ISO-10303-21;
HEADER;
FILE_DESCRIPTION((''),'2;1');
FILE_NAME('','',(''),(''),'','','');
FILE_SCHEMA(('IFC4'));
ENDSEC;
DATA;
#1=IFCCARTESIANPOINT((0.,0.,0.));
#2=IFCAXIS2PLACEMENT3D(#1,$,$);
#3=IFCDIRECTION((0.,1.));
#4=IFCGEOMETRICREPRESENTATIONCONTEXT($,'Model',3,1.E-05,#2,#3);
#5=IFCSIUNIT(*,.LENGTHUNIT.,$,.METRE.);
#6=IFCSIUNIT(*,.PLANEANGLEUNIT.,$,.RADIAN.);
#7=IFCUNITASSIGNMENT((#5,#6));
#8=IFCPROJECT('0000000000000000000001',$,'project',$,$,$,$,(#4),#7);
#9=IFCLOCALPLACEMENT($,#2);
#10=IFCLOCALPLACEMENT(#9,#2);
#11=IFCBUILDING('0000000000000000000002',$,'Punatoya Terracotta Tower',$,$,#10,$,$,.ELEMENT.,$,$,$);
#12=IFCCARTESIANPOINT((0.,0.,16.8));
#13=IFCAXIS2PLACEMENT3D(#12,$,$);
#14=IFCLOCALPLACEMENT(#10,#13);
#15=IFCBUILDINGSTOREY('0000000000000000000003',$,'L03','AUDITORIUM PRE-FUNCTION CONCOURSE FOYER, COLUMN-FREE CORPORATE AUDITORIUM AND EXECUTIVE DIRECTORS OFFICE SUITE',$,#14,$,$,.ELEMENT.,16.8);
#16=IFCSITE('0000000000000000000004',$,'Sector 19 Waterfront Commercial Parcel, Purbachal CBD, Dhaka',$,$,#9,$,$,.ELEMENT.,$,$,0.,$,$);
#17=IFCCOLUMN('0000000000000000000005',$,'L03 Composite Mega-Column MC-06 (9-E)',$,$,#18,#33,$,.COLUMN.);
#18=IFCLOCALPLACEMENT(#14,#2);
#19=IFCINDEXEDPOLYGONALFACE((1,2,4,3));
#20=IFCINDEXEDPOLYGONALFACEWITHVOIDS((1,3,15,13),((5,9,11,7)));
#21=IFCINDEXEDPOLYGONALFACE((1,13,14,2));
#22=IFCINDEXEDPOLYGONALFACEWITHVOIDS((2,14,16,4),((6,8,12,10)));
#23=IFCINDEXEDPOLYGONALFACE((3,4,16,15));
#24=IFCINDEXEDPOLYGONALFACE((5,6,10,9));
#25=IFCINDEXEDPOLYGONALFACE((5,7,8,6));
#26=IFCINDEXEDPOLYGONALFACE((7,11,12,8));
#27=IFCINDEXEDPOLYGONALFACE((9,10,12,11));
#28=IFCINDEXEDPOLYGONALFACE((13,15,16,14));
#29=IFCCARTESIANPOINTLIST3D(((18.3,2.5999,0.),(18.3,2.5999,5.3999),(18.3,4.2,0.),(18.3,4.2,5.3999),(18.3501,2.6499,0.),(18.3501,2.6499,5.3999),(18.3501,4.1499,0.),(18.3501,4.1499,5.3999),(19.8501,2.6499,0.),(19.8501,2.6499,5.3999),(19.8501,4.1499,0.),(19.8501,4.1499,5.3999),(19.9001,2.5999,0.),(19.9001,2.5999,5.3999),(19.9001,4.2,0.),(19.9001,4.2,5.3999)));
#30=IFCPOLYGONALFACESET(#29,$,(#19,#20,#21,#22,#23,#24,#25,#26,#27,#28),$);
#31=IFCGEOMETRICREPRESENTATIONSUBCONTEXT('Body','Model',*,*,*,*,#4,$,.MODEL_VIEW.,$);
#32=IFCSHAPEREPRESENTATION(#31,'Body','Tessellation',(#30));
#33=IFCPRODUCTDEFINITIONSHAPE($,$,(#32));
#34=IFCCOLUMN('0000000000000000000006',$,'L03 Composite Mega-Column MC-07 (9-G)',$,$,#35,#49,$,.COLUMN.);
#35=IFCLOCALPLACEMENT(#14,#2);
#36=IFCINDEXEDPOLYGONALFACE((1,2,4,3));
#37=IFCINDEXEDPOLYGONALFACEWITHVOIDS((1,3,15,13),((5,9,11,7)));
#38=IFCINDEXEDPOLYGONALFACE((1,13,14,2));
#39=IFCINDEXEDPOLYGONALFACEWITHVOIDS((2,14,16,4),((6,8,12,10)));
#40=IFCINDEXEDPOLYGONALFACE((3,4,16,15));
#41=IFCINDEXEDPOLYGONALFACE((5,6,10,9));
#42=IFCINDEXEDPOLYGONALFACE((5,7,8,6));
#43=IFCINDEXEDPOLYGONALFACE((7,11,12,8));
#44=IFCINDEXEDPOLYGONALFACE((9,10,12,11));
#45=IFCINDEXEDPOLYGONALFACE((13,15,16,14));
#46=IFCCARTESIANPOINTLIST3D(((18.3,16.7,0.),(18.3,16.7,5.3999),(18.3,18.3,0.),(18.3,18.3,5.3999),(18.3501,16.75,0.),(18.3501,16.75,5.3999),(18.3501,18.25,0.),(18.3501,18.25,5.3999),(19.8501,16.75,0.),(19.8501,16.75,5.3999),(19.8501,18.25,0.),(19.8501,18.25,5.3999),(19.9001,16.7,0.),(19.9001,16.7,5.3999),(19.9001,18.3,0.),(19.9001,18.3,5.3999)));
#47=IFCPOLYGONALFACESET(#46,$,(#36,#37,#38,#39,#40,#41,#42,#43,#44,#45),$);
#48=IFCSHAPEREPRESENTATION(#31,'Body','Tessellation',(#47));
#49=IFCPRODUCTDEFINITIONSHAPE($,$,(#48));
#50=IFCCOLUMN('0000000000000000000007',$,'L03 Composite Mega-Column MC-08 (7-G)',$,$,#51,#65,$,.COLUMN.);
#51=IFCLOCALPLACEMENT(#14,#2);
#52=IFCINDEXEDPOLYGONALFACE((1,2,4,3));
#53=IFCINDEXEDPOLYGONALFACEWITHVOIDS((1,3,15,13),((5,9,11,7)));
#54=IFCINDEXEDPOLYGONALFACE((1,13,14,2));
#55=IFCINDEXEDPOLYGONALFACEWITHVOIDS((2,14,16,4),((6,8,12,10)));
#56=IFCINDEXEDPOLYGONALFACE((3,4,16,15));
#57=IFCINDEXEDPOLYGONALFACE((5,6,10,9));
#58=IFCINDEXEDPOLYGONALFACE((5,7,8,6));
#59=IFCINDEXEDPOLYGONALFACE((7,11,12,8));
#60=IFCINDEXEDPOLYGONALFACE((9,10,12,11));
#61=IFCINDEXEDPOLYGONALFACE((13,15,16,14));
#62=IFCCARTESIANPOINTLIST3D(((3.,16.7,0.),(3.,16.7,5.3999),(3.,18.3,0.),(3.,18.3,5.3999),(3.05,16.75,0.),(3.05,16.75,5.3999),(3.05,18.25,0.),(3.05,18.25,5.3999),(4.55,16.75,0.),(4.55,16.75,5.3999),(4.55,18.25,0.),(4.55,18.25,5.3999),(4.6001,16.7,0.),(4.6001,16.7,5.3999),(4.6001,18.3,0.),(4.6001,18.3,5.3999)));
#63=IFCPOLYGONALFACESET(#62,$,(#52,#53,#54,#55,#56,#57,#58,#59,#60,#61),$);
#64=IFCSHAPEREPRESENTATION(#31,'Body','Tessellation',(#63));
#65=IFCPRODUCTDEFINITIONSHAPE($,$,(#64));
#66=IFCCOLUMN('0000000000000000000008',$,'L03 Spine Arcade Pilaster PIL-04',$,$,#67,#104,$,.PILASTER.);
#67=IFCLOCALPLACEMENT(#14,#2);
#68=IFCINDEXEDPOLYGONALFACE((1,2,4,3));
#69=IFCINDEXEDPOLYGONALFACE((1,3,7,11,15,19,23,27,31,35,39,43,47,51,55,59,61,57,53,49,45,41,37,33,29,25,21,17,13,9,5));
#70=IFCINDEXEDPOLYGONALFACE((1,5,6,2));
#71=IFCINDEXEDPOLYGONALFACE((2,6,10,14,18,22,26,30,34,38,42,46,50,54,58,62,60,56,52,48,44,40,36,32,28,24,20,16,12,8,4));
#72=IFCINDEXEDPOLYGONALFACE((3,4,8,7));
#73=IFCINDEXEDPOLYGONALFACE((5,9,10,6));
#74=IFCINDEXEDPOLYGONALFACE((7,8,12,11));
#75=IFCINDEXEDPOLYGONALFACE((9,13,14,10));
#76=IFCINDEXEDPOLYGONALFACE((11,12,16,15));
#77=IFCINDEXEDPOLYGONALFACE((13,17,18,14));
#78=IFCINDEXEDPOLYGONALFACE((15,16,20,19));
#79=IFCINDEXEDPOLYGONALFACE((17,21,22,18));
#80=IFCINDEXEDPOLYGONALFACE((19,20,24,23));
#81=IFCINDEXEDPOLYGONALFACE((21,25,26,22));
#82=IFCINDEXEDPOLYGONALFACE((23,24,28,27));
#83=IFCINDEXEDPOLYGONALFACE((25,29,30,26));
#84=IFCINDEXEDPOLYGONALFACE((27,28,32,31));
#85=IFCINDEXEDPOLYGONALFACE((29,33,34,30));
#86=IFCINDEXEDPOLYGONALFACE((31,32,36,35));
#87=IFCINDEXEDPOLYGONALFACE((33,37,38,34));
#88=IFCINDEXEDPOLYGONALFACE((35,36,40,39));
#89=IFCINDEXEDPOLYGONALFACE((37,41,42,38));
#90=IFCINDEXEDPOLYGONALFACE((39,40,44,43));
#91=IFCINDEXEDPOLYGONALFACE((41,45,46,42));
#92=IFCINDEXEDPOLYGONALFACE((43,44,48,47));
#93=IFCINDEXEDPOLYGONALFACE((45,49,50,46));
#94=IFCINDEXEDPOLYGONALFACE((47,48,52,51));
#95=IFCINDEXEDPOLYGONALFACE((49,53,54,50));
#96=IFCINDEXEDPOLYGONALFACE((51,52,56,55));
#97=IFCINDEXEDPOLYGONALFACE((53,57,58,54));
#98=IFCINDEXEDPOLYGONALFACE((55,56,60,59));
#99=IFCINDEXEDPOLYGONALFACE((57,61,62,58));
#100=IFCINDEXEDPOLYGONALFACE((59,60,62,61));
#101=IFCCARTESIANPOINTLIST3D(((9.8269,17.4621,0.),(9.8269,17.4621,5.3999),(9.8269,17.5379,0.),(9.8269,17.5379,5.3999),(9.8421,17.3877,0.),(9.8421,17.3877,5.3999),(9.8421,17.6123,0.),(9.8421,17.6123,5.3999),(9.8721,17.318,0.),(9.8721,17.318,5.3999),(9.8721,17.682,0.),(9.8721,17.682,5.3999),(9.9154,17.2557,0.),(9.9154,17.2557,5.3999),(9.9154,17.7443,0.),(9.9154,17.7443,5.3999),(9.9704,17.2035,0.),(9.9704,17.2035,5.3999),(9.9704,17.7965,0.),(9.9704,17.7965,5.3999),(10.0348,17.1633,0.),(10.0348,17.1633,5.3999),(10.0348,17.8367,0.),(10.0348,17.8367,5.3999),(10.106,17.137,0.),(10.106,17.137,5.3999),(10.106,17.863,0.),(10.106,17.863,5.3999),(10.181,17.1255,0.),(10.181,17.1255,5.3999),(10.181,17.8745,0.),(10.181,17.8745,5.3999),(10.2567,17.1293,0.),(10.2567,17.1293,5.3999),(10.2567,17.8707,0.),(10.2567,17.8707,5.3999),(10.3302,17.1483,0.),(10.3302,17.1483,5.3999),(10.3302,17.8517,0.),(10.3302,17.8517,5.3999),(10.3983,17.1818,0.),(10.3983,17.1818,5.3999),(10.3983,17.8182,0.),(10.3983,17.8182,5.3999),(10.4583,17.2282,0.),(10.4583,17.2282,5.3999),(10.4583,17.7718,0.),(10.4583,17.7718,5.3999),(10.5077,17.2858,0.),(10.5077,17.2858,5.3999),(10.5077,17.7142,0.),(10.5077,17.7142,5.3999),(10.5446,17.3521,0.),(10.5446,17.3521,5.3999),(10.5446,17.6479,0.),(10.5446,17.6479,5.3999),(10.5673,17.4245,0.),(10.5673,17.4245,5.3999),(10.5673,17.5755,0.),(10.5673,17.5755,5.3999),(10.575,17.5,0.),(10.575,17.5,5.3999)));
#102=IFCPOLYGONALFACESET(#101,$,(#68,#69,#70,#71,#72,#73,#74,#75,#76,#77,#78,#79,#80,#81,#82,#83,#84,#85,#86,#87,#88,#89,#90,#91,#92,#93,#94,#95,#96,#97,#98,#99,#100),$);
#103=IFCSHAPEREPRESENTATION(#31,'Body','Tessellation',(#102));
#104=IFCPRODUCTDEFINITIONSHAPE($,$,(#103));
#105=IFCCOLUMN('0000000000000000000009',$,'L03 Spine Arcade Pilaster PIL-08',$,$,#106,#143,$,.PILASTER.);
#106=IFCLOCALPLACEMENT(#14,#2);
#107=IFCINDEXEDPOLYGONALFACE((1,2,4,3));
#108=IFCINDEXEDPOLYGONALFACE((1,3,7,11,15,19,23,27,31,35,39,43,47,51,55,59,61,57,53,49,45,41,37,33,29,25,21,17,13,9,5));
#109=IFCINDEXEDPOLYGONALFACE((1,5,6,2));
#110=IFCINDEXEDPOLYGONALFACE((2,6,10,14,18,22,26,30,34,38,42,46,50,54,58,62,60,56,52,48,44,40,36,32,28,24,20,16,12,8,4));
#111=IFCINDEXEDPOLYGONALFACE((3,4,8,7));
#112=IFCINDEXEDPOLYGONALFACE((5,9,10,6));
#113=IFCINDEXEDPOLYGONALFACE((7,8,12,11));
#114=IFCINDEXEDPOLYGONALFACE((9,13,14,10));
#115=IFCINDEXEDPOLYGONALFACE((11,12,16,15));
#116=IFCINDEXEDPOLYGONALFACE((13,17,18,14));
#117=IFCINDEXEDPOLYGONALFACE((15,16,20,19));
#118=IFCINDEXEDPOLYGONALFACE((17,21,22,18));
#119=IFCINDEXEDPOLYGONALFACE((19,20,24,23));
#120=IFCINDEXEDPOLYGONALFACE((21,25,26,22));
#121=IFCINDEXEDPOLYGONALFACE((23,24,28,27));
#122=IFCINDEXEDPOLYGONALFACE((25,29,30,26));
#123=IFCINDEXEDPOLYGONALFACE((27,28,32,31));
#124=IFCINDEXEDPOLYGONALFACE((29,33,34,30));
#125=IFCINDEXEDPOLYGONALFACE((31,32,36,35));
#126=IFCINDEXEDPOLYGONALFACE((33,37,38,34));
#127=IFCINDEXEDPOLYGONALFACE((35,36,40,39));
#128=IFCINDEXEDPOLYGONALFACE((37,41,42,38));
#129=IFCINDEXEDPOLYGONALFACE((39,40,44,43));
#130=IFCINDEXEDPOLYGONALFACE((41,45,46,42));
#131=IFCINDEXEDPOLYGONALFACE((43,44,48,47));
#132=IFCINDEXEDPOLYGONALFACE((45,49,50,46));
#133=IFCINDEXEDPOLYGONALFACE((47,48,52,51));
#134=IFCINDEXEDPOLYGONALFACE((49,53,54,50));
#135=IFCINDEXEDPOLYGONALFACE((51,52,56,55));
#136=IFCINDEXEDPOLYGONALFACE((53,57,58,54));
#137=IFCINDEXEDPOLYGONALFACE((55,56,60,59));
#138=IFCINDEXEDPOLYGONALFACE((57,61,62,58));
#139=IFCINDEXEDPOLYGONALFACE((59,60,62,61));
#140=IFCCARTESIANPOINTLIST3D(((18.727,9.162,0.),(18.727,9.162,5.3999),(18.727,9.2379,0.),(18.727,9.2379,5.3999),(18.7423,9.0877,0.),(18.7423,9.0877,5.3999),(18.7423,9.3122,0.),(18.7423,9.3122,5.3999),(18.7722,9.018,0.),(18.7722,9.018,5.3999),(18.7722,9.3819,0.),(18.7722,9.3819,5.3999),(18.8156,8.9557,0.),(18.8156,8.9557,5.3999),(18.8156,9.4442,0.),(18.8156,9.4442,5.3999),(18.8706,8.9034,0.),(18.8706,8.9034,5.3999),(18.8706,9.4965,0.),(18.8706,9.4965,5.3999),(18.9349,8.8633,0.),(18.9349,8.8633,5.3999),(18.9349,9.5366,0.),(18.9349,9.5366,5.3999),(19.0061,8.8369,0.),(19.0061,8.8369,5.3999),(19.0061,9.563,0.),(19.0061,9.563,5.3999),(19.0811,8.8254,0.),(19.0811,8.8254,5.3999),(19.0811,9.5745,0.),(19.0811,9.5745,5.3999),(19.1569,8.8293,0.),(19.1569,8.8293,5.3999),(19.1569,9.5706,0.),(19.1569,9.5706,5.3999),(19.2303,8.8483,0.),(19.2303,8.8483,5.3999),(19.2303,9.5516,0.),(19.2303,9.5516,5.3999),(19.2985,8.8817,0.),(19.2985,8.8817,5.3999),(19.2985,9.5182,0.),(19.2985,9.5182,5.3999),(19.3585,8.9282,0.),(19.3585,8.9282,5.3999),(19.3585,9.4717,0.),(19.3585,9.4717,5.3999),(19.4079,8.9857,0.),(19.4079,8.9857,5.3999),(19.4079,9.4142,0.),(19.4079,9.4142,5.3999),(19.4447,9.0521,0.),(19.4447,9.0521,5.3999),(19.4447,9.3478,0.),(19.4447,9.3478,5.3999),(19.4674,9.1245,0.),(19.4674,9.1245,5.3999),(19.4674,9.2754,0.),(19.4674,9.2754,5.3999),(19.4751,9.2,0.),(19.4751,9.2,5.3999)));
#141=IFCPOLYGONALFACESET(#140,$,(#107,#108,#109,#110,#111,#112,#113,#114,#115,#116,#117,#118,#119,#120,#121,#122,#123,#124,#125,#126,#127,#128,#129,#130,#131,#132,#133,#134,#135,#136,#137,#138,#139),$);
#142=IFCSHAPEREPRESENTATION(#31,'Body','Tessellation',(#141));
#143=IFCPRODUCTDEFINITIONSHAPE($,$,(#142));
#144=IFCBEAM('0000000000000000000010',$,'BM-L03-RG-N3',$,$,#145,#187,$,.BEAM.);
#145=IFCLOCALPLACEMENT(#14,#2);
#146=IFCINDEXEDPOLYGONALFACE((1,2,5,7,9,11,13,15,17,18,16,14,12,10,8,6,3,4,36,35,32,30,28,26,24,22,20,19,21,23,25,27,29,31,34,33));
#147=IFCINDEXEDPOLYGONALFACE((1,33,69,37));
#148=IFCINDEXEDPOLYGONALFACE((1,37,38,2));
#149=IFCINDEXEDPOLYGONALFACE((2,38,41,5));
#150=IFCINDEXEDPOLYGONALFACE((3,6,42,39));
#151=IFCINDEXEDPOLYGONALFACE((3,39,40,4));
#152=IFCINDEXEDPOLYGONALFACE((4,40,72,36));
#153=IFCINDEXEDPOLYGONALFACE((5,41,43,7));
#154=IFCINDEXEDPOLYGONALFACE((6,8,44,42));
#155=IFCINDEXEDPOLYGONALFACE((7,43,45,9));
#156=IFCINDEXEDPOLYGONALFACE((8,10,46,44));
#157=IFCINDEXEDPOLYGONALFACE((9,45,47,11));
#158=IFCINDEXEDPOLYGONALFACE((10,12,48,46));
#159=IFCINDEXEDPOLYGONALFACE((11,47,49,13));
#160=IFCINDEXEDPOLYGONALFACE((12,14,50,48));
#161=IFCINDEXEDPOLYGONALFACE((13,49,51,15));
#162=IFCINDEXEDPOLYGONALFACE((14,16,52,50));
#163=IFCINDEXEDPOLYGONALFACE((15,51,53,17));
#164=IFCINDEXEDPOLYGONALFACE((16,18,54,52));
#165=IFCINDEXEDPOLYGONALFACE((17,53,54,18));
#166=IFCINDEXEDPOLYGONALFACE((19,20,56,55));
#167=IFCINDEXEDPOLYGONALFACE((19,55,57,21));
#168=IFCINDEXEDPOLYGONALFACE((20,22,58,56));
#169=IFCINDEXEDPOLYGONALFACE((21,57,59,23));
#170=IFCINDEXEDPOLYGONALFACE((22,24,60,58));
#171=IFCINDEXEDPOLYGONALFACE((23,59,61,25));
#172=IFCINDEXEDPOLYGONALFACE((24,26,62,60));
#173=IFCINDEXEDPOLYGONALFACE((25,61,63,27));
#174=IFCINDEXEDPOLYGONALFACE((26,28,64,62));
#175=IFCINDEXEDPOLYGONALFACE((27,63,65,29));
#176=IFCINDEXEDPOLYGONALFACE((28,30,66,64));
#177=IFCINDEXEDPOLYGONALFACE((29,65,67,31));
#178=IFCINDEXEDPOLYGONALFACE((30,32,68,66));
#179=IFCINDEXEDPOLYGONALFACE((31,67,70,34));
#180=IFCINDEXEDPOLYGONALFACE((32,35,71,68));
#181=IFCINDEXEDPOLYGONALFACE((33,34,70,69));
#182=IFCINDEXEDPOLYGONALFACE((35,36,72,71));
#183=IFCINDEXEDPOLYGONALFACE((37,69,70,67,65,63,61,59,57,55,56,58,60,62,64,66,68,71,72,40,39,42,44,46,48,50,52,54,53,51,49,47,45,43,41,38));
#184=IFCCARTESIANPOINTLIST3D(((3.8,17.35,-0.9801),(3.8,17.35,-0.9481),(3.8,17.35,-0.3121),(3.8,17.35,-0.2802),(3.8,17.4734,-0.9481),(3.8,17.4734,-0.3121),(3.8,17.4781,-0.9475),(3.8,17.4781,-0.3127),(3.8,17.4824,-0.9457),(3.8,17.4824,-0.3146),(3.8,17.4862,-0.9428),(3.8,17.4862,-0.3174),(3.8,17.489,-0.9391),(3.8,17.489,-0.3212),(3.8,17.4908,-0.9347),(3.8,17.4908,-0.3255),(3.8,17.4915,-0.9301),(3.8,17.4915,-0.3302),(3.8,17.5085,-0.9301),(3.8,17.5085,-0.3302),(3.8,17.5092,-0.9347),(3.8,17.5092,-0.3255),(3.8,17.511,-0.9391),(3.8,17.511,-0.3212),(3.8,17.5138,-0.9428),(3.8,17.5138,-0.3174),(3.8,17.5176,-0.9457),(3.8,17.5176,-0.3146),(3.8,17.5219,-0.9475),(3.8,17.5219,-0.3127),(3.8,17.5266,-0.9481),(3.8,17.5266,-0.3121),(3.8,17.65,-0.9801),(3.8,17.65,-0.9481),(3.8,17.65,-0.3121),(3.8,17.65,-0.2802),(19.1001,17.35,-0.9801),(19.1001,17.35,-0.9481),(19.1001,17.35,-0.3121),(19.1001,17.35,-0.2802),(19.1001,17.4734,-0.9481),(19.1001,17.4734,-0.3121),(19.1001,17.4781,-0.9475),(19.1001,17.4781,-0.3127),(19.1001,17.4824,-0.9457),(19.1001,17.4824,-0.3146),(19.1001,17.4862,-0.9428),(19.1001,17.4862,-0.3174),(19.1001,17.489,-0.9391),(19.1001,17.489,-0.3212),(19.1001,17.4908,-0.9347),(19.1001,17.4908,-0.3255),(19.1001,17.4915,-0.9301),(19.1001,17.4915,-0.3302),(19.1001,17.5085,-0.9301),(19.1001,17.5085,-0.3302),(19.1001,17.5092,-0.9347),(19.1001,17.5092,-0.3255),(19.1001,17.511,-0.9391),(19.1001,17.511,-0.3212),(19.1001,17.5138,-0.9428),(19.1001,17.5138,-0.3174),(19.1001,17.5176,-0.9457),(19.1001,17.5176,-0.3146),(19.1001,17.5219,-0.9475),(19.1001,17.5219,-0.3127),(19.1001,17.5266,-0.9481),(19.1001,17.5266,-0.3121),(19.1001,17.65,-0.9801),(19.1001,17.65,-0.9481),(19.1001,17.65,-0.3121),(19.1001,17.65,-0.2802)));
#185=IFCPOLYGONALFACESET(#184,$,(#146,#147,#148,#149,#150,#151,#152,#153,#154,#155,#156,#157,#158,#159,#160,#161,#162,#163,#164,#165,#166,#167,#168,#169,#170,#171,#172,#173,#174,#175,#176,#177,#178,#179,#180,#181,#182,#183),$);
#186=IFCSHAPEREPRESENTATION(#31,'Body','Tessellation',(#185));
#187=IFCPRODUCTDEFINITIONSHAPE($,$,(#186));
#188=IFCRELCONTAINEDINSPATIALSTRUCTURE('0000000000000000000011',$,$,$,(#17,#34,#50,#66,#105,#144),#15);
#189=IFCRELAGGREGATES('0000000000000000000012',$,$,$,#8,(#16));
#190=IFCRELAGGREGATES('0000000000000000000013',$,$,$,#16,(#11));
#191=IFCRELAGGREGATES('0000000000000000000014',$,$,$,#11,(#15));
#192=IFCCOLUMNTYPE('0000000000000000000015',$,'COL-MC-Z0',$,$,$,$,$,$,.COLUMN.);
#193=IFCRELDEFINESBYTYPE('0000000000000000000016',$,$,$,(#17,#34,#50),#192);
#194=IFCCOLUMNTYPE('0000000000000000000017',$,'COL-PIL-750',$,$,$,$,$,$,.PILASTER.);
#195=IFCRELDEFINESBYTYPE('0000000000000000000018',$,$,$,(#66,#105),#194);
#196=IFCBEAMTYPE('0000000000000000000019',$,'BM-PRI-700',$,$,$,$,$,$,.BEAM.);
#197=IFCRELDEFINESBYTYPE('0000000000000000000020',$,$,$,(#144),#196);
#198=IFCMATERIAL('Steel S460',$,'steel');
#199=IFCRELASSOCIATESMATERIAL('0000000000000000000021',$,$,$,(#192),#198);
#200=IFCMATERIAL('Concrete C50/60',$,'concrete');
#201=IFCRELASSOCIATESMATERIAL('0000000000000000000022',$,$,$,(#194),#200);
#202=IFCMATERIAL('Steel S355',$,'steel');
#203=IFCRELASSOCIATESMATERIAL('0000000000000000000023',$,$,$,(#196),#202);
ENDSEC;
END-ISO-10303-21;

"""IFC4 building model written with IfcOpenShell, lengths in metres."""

from ifc_helpers import new_model, si_unit, direction, frame, origin, origin_2d, place, context, subcontext, project, spatial, hollow_rectangle, circle, i_section, extrude, material, material_profile, profile_set, type_object, element, save


model = new_model("IFC4")

# Units and contexts
model_context = context("Model", 3, precision=1e-05, world=origin(), true_north=direction((0.0, 1.0)))
body_context = subcontext(model_context, "Body", "Model", "MODEL_VIEW")
ifc_project = project(units=[si_unit("LENGTHUNIT", "METRE"), si_unit("PLANEANGLEUNIT", "RADIAN")], contexts=[model_context])

# Site, building, storey
site_placement = place(None, origin())
site = spatial("IfcSite", under=ifc_project, at=site_placement, Name="Sector 19 Waterfront Commercial Parcel, Purbachal CBD, Dhaka", CompositionType="ELEMENT", RefElevation=0.0)
building_placement = place(site_placement, origin())
building = spatial("IfcBuilding", under=site, at=building_placement, Name="Punatoya Terracotta Tower", CompositionType="ELEMENT")
storey_placement = place(building_placement, frame((0.0, 0.0, 16.8)))
storey = spatial("IfcBuildingStorey", under=building, at=storey_placement, Name="L03", Description="AUDITORIUM PRE-FUNCTION CONCOURSE FOYER, COLUMN-FREE CORPORATE AUDITORIUM AND EXECUTIVE DIRECTORS OFFICE SUITE", CompositionType="ELEMENT", Elevation=16.8)

# Columns
ifc_material_1 = material(Name="Steel S460", Category="steel")
ifc_material_profile_1 = material_profile(ifc_material_1, hollow_rectangle(XDim=1.6001, YDim=1.6001, WallThickness=0.05, at=origin_2d()))
ifc_profile_set_1 = profile_set([ifc_material_profile_1], Name="Steel S460")
column_type_1 = type_object("IfcColumnType", Name="COL-MC-Z0", PredefinedType="COLUMN", material=ifc_profile_set_1)
for number, where, z_axis, x_axis, name in (
    (1, (19.1001, 3.3999, 0.0), (0.0, 0.0, 1.0), (1.0, 0.0, 0.0), "L03 Composite Mega-Column MC-06 (9-E)"),
    (2, (19.1001, 17.5, 0.0), (0.0, 0.0, 1.0), (1.0, 0.0, 0.0), "L03 Composite Mega-Column MC-07 (9-G)"),
    (3, (3.8, 17.5, 0.0), (0.0, 0.0, 1.0), (1.0, 0.0, 0.0), "L03 Composite Mega-Column MC-08 (7-G)"),
):
    element("IfcColumn", number, at=place(storey_placement, frame(where, z_axis=z_axis, x_axis=x_axis)), inside=storey, type_object=column_type_1, Name=name, PredefinedType="COLUMN", context=body_context, shape_type="SweptSolid", body=[
        extrude(hollow_rectangle(XDim=1.6001, YDim=1.6001, WallThickness=0.05, at=origin_2d()), origin(), (0.0, 0.0, 1.0), 5.3999),
    ])
ifc_material_2 = material(Name="Concrete C50/60", Category="concrete")
ifc_material_profile_2 = material_profile(ifc_material_2, circle(Radius=0.375, at=origin_2d()))
ifc_profile_set_2 = profile_set([ifc_material_profile_2], Name="Concrete C50/60")
column_type_2 = type_object("IfcColumnType", Name="COL-PIL-750", PredefinedType="PILASTER", material=ifc_profile_set_2)
for number, where, z_axis, x_axis, name in (
    (4, (10.2, 17.5, 0.0), (0.0, 0.0, 1.0), (1.0, 0.0, 0.0), "L03 Spine Arcade Pilaster PIL-04"),
    (5, (19.1001, 9.2, 0.0), (0.0, 0.0, 1.0), (1.0, 0.0, 0.0), "L03 Spine Arcade Pilaster PIL-08"),
):
    element("IfcColumn", number, at=place(storey_placement, frame(where, z_axis=z_axis, x_axis=x_axis)), inside=storey, type_object=column_type_2, Name=name, PredefinedType="PILASTER", context=body_context, shape_type="SweptSolid", body=[
        extrude(circle(Radius=0.375, at=origin_2d()), origin(), (0.0, 0.0, 1.0), 5.3999),
    ])

# Beam
ifc_material_3 = material(Name="Steel S355", Category="steel")
ifc_material_profile_3 = material_profile(ifc_material_3, i_section(OverallWidth=0.3, OverallDepth=0.7, WebThickness=0.0171, FlangeThickness=0.032, FilletRadius=0.0181, at=origin_2d()))
ifc_profile_set_3 = profile_set([ifc_material_profile_3], Name="Steel S355")
beam_type_1 = type_object("IfcBeamType", Name="BM-PRI-700", PredefinedType="BEAM", material=ifc_profile_set_3)
beam_1_placement = place(storey_placement, frame((3.8, 17.5, -0.6301), z_axis=(1.0, 0.0, 0.0), x_axis=(0.0, 1.0, 0.0)))
element("IfcBeam", 6, at=beam_1_placement, inside=storey, type_object=beam_type_1, Name="BM-L03-RG-N3", PredefinedType="BEAM", context=body_context, shape_type="SweptSolid", body=[
    extrude(i_section(OverallWidth=0.3, OverallDepth=0.7, WebThickness=0.0171, FlangeThickness=0.032, FilletRadius=0.0181, at=origin_2d()), origin(), (0.0, 0.0, 1.0), 15.3),
])

save(model, "model.ifc")
